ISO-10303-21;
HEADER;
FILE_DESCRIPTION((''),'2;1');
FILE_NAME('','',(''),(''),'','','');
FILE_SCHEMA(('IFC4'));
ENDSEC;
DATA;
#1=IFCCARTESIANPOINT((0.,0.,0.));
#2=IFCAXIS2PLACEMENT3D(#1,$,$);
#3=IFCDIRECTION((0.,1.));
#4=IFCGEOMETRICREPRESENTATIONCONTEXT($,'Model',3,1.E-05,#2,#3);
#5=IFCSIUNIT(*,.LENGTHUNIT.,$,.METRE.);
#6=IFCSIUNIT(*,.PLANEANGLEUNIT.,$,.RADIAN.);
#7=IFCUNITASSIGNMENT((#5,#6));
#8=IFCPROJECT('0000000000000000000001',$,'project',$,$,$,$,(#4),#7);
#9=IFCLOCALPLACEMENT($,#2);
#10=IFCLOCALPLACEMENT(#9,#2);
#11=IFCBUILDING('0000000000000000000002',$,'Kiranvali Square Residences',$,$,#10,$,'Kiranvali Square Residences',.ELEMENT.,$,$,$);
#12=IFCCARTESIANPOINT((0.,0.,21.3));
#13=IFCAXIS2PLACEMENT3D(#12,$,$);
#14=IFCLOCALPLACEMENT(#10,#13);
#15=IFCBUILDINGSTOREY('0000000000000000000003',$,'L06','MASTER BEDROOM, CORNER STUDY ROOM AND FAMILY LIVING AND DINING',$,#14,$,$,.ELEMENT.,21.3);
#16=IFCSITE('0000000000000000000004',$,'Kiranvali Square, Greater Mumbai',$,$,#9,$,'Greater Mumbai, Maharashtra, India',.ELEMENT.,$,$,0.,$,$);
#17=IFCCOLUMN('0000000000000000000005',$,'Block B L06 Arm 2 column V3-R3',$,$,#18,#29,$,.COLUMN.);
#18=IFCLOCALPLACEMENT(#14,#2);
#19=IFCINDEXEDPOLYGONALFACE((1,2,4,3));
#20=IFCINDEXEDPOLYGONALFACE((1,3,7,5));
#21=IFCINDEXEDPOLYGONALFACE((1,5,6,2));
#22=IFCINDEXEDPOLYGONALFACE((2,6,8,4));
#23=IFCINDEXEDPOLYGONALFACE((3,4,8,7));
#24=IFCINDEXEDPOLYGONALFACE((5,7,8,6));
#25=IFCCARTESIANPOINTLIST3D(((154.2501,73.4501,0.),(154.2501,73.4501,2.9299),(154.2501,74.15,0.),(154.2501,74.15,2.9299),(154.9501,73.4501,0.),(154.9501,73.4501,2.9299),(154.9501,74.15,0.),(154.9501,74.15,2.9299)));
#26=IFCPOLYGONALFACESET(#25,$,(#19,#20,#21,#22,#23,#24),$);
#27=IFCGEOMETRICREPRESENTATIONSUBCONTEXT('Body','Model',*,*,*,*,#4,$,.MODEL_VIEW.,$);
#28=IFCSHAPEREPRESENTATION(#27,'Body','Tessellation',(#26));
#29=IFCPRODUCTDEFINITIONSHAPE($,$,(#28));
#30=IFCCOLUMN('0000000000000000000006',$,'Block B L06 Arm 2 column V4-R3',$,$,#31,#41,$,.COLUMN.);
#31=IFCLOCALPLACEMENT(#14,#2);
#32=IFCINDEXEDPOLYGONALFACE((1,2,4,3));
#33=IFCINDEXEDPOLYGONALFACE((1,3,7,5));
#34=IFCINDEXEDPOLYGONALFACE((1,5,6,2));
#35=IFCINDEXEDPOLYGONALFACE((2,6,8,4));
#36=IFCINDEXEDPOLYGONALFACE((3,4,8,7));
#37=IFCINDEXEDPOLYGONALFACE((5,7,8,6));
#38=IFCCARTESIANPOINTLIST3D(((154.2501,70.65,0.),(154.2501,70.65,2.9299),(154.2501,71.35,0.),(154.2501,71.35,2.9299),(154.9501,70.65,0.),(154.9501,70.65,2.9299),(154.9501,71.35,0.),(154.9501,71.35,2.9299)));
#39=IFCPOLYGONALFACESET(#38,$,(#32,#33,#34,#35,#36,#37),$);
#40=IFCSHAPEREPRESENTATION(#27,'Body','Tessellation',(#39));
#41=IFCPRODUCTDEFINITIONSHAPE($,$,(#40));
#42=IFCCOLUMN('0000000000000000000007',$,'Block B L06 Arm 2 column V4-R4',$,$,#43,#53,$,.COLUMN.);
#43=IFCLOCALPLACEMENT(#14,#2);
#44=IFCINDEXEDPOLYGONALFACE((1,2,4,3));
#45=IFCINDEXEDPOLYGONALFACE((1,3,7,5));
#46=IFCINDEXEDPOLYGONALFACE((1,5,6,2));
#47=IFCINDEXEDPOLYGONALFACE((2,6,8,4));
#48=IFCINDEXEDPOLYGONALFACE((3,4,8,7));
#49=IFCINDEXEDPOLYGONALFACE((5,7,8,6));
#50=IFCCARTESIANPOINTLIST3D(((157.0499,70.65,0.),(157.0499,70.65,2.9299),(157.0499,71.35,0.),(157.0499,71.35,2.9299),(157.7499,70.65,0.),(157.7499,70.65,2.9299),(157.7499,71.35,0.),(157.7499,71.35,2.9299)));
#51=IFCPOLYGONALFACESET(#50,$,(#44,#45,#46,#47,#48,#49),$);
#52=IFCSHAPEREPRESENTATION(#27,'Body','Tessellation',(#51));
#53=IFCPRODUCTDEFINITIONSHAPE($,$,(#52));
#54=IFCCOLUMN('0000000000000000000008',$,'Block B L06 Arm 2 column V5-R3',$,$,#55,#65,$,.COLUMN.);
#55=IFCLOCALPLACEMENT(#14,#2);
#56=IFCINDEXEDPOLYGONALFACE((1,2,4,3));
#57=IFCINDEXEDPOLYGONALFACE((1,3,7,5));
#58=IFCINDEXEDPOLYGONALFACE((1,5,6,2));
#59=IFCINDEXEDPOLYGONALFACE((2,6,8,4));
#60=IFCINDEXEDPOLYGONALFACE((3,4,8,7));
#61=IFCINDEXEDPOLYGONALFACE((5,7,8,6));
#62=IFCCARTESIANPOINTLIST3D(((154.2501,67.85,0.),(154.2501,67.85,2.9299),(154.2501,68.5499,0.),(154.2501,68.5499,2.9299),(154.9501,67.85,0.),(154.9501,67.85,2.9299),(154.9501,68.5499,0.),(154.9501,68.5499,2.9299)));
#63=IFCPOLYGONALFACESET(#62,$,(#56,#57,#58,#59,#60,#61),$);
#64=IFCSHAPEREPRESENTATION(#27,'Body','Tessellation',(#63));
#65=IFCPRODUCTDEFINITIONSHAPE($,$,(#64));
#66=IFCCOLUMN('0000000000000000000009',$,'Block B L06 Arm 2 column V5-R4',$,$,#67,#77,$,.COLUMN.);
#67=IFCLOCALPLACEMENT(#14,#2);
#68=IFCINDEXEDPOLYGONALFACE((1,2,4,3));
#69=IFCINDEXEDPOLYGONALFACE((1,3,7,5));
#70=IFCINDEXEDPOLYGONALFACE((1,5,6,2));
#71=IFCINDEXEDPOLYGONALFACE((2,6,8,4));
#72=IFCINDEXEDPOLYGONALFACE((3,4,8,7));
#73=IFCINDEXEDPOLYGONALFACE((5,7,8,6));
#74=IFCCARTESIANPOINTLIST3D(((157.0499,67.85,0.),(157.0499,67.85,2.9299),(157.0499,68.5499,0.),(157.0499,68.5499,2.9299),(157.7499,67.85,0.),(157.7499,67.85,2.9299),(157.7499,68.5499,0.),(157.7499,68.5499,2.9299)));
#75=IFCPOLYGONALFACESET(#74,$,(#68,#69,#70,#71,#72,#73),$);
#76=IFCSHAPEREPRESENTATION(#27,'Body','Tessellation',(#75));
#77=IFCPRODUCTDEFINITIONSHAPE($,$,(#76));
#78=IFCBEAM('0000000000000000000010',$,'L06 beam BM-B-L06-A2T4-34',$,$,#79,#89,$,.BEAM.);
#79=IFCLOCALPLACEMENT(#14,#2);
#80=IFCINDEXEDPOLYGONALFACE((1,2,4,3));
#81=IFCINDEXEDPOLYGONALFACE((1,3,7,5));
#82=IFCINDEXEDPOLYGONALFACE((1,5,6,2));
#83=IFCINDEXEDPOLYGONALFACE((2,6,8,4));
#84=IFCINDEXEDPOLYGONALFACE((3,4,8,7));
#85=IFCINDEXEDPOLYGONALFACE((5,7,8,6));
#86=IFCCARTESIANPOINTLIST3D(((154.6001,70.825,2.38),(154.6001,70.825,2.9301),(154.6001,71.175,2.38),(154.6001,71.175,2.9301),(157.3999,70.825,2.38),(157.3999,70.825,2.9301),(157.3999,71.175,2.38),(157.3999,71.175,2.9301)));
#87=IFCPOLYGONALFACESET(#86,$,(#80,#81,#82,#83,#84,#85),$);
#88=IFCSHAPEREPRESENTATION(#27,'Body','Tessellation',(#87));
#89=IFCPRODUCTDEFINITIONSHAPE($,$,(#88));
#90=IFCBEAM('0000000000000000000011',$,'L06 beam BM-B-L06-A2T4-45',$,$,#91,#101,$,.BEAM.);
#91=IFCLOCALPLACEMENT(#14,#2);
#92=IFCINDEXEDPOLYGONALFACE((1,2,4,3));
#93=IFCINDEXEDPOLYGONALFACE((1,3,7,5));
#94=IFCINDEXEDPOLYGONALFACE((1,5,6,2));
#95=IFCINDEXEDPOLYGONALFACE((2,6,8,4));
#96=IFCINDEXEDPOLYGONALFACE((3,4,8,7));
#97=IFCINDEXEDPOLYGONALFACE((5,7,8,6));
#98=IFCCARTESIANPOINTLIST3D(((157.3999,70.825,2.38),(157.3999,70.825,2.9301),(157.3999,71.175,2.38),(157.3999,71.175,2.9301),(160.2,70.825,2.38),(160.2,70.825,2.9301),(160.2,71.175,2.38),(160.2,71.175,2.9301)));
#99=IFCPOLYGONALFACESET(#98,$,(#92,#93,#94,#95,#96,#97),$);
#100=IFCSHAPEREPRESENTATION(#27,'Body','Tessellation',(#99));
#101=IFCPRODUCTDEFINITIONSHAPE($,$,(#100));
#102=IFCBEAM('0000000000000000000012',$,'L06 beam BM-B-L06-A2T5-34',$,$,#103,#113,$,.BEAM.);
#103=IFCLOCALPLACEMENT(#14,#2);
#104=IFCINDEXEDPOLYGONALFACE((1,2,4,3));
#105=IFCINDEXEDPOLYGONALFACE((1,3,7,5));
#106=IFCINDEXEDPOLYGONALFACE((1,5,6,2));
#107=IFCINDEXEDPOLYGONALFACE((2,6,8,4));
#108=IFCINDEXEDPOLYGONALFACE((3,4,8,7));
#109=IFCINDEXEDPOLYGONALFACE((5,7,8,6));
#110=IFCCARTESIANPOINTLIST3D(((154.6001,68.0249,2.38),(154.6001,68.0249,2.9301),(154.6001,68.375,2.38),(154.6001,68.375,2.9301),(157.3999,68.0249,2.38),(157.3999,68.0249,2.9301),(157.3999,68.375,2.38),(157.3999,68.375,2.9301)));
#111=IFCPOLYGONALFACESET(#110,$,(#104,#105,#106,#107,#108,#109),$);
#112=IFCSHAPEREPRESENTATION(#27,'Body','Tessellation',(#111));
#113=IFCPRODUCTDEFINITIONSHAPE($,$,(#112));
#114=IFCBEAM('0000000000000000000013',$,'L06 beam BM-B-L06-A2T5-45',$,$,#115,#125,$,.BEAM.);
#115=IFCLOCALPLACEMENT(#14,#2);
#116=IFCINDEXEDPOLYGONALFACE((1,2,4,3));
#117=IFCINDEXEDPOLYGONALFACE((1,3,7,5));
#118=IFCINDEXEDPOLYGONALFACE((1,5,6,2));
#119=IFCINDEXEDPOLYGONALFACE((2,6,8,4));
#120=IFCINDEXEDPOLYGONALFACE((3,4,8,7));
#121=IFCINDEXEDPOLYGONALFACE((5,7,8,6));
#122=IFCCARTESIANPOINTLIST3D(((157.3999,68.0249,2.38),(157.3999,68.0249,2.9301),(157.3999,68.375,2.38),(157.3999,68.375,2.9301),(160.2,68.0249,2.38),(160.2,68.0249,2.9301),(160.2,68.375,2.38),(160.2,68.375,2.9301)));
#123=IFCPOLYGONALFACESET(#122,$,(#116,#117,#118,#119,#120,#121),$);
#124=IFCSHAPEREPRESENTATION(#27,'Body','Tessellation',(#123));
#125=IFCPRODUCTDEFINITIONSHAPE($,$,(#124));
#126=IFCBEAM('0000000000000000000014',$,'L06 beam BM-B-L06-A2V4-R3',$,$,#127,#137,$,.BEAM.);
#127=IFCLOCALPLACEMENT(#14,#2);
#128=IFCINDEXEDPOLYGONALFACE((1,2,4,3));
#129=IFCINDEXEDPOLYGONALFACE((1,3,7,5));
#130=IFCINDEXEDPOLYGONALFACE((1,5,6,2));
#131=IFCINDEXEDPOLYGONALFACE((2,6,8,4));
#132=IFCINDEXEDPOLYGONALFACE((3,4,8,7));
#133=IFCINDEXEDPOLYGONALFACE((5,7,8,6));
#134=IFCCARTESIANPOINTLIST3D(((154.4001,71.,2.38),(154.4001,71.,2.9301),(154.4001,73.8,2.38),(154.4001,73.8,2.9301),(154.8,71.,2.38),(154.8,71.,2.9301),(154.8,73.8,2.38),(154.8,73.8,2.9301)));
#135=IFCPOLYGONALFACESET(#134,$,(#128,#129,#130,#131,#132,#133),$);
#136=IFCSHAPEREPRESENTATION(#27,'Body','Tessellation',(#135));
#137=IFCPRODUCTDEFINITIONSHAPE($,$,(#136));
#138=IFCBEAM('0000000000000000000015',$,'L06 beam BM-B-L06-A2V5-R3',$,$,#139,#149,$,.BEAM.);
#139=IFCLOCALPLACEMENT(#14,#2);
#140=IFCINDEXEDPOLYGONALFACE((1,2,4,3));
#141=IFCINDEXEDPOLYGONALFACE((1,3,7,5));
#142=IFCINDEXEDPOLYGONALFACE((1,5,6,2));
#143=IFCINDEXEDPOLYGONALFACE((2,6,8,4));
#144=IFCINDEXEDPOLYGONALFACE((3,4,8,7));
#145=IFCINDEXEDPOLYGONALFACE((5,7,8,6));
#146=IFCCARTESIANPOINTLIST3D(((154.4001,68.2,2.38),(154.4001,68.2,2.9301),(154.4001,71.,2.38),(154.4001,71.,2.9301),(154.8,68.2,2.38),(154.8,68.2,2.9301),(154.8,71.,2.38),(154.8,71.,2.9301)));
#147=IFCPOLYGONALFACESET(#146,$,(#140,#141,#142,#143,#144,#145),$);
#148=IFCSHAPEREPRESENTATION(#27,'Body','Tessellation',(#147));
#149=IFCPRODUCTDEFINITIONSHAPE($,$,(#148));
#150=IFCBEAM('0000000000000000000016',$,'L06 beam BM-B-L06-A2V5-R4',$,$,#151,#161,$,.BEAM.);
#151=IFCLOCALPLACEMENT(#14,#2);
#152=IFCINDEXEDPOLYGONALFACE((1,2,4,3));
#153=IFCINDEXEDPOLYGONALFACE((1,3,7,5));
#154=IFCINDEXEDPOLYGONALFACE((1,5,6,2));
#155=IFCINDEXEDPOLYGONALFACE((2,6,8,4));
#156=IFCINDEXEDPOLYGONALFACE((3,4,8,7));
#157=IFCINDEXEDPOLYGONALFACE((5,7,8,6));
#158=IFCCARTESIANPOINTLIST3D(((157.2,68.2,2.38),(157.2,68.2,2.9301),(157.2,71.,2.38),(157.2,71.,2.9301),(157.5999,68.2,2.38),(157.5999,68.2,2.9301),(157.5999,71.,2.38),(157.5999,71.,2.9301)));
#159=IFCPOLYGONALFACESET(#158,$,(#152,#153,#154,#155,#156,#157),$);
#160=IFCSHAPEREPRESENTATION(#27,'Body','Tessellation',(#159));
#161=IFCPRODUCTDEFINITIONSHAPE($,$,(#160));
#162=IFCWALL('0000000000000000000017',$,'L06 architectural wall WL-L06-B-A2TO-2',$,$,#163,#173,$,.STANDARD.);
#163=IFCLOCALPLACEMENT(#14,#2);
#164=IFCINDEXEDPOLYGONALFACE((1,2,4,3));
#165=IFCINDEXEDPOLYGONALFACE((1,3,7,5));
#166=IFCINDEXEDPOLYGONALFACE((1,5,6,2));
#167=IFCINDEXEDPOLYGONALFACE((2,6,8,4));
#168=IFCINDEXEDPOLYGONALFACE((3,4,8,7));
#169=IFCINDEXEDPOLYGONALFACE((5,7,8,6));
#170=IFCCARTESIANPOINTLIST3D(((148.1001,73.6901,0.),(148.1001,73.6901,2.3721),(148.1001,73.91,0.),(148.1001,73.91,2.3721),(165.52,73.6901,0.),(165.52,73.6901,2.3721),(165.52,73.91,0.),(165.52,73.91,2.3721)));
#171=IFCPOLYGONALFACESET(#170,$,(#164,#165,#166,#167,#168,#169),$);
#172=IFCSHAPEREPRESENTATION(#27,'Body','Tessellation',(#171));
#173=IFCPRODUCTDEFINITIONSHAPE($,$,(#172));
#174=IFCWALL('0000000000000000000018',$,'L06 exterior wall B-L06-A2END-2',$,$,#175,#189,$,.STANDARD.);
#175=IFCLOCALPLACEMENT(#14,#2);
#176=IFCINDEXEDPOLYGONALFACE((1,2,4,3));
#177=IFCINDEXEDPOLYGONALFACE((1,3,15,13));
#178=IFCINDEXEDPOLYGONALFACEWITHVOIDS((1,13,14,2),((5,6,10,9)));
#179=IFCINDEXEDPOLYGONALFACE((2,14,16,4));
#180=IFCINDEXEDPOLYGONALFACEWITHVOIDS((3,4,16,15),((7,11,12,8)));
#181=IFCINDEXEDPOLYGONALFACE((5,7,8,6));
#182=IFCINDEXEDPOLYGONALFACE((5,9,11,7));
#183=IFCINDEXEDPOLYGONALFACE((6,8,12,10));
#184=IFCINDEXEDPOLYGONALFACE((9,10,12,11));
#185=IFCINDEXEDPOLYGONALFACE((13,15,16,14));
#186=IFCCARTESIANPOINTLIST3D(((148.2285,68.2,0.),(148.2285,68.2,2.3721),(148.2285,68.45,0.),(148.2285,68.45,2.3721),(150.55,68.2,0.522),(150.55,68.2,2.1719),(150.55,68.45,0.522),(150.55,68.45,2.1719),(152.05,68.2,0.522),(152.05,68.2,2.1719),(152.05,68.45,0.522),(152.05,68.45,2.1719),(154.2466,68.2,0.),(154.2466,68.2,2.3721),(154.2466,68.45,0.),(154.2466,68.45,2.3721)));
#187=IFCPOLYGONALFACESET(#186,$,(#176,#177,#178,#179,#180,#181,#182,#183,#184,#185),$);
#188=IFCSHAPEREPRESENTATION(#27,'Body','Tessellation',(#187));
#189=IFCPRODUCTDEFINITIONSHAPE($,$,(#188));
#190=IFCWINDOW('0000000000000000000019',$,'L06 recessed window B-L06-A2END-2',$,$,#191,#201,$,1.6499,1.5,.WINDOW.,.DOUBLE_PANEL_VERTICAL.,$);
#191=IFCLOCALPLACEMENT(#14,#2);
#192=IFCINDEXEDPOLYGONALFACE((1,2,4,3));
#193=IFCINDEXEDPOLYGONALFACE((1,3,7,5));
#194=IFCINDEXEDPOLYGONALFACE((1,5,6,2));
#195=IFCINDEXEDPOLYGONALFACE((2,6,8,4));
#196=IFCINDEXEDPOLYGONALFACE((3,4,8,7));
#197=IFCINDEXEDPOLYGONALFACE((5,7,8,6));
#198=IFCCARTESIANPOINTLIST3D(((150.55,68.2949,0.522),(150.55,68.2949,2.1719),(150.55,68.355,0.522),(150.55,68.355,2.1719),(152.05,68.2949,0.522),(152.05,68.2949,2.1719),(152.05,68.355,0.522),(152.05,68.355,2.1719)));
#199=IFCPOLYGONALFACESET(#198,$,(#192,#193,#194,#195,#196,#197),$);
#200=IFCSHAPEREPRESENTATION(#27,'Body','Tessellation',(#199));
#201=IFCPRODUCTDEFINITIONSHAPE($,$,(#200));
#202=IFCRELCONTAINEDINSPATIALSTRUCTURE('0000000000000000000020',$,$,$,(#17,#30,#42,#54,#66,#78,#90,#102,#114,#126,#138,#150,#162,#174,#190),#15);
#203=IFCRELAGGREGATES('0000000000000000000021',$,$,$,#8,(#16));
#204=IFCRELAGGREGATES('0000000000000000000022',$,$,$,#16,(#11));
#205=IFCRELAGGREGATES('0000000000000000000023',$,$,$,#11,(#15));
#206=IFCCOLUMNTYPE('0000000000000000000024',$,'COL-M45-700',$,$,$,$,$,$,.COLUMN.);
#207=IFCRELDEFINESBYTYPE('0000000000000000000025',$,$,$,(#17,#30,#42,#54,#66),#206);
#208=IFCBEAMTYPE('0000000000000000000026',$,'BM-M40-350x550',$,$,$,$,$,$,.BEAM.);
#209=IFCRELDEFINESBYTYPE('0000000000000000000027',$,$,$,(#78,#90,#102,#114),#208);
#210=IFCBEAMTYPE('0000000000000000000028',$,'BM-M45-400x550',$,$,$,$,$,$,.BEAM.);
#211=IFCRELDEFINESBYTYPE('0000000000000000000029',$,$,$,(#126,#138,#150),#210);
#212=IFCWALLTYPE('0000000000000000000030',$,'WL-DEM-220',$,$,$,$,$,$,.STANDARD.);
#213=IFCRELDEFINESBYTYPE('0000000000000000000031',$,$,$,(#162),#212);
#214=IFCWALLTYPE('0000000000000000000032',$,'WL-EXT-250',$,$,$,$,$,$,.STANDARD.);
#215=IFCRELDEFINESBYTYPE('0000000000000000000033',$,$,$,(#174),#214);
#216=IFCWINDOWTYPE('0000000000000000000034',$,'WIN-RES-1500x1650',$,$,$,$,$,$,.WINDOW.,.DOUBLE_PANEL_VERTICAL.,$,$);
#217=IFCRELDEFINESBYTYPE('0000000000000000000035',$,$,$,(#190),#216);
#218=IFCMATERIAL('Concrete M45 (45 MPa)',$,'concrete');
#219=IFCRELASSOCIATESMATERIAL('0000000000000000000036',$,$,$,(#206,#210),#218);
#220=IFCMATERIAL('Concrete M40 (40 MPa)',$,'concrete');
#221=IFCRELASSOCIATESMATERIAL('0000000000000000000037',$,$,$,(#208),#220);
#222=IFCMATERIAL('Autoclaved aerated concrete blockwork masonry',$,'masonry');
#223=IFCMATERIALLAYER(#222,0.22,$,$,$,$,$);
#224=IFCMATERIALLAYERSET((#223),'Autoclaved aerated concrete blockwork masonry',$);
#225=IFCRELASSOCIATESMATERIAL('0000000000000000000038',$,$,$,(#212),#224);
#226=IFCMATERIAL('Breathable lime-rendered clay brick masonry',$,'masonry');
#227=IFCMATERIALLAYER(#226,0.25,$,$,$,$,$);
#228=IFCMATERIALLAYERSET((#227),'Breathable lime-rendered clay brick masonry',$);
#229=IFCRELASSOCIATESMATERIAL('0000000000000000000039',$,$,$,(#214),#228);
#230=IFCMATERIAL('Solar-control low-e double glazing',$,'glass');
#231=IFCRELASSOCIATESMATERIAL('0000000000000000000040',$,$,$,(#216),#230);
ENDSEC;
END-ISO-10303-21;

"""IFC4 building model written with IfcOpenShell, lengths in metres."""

from ifc_helpers import new_model, si_unit, direction, frame, frame_2d, origin, origin_2d, place, context, subcontext, project, spatial, rectangle, extrude, material, layer, layer_set, material_profile, profile_set, type_object, element, fill, save


model = new_model("IFC4")

# Units and contexts
model_context = context("Model", 3, precision=1e-05, world=origin(), true_north=direction((0.0, 1.0)))
body_context = subcontext(model_context, "Body", "Model", "MODEL_VIEW")
ifc_project = project(units=[si_unit("LENGTHUNIT", "METRE"), si_unit("PLANEANGLEUNIT", "RADIAN")], contexts=[model_context])

# Site, building, storey
site_placement = place(None, origin())
site = spatial("IfcSite", under=ifc_project, at=site_placement, Name="Kiranvali Square, Greater Mumbai", LongName="Greater Mumbai, Maharashtra, India", CompositionType="ELEMENT", RefElevation=0.0)
building_placement = place(site_placement, origin())
building = spatial("IfcBuilding", under=site, at=building_placement, Name="Kiranvali Square Residences", LongName="Kiranvali Square Residences", CompositionType="ELEMENT")
storey_placement = place(building_placement, frame((0.0, 0.0, 21.3)))
storey = spatial("IfcBuildingStorey", under=building, at=storey_placement, Name="L06", Description="MASTER BEDROOM, CORNER STUDY ROOM AND FAMILY LIVING AND DINING", CompositionType="ELEMENT", Elevation=21.3)

# Columns
ifc_material_1 = material(Name="Concrete M45 (45 MPa)", Category="concrete")
ifc_material_profile_1 = material_profile(ifc_material_1, rectangle(XDim=0.7, YDim=0.7, at=origin_2d()), Name="RC 700x700")
ifc_profile_set_1 = profile_set([ifc_material_profile_1], Name="Concrete M45 (45 MPa)")
column_type = type_object("IfcColumnType", Name="COL-M45-700", PredefinedType="COLUMN", material=ifc_profile_set_1)
for number, where, z_axis, x_axis, name in (
    (1, (154.6001, 73.8, 0.0), (0.0, 0.0, 1.0), (1.0, 0.0, 0.0), "Block B L06 Arm 2 column V3-R3"),
    (2, (154.6001, 71.0, 0.0), (0.0, 0.0, 1.0), (1.0, 0.0, 0.0), "Block B L06 Arm 2 column V4-R3"),
    (3, (157.3999, 71.0, 0.0), (0.0, 0.0, 1.0), (1.0, 0.0, 0.0), "Block B L06 Arm 2 column V4-R4"),
    (4, (154.6001, 68.2, 0.0), (0.0, 0.0, 1.0), (1.0, 0.0, 0.0), "Block B L06 Arm 2 column V5-R3"),
    (5, (157.3999, 68.2, 0.0), (0.0, 0.0, 1.0), (1.0, 0.0, 0.0), "Block B L06 Arm 2 column V5-R4"),
):
    element("IfcColumn", number, at=place(storey_placement, frame(where, z_axis=z_axis, x_axis=x_axis)), inside=storey, type_object=column_type, Name=name, PredefinedType="COLUMN", context=body_context, shape_type="SweptSolid", body=[
        extrude(rectangle(XDim=0.7, YDim=0.7, at=origin_2d()), origin(), (0.0, 0.0, 1.0), 2.9299),
    ])

# Beams
ifc_material_2 = material(Name="Concrete M40 (40 MPa)", Category="concrete")
ifc_material_profile_2 = material_profile(ifc_material_2, rectangle(XDim=0.3501, YDim=0.55, at=origin_2d()), Name="RC 350x550")
ifc_profile_set_2 = profile_set([ifc_material_profile_2], Name="Concrete M40 (40 MPa)")
beam_type_1 = type_object("IfcBeamType", Name="BM-M40-350x550", PredefinedType="BEAM", material=ifc_profile_set_2)
beam_1_placement = place(storey_placement, frame((154.6001, 71.0, 2.655), z_axis=(1.0, 0.0, 0.0), x_axis=(0.0, 1.0, 0.0)))
element("IfcBeam", 6, at=beam_1_placement, inside=storey, type_object=beam_type_1, Name="L06 beam BM-B-L06-A2T4-34", PredefinedType="BEAM", context=body_context, shape_type="SweptSolid", body=[
    extrude(rectangle(XDim=0.3501, YDim=0.55, at=origin_2d()), origin(), (0.0, 0.0, 1.0), 2.7998),
])
beam_2_placement = place(storey_placement, frame((157.3999, 71.0, 2.655), z_axis=(1.0, 0.0, 0.0), x_axis=(0.0, 1.0, 0.0)))
element("IfcBeam", 7, at=beam_2_placement, inside=storey, type_object=beam_type_1, Name="L06 beam BM-B-L06-A2T4-45", PredefinedType="BEAM", context=body_context, shape_type="SweptSolid", body=[
    extrude(rectangle(XDim=0.3501, YDim=0.55, at=origin_2d()), origin(), (0.0, 0.0, 1.0), 2.8),
])
beam_3_placement = place(storey_placement, frame((154.6001, 68.2, 2.655), z_axis=(1.0, 0.0, 0.0), x_axis=(0.0, 1.0, 0.0)))
element("IfcBeam", 8, at=beam_3_placement, inside=storey, type_object=beam_type_1, Name="L06 beam BM-B-L06-A2T5-34", PredefinedType="BEAM", context=body_context, shape_type="SweptSolid", body=[
    extrude(rectangle(XDim=0.3501, YDim=0.55, at=origin_2d()), origin(), (0.0, 0.0, 1.0), 2.7998),
])
beam_4_placement = place(storey_placement, frame((157.3999, 68.2, 2.655), z_axis=(1.0, 0.0, 0.0), x_axis=(0.0, 1.0, 0.0)))
element("IfcBeam", 9, at=beam_4_placement, inside=storey, type_object=beam_type_1, Name="L06 beam BM-B-L06-A2T5-45", PredefinedType="BEAM", context=body_context, shape_type="SweptSolid", body=[
    extrude(rectangle(XDim=0.3501, YDim=0.55, at=origin_2d()), origin(), (0.0, 0.0, 1.0), 2.8),
])
ifc_material_profile_3 = material_profile(ifc_material_1, rectangle(XDim=0.3999, YDim=0.55, at=origin_2d()), Name="RC 400x550")
ifc_profile_set_3 = profile_set([ifc_material_profile_3], Name="Concrete M45 (45 MPa)")
beam_type_2 = type_object("IfcBeamType", Name="BM-M45-400x550", PredefinedType="BEAM", material=ifc_profile_set_3)
for number, where, z_axis, x_axis, name in (
    (10, (154.6001, 73.8, 2.655), (0.0, -1.0, 0.0), (1.0, 0.0, 0.0), "L06 beam BM-B-L06-A2V4-R3"),
    (11, (154.6001, 71.0, 2.655), (0.0, -1.0, 0.0), (1.0, 0.0, 0.0), "L06 beam BM-B-L06-A2V5-R3"),
    (12, (157.3999, 71.0, 2.655), (0.0, -1.0, 0.0), (1.0, 0.0, 0.0), "L06 beam BM-B-L06-A2V5-R4"),
):
    element("IfcBeam", number, at=place(storey_placement, frame(where, z_axis=z_axis, x_axis=x_axis)), inside=storey, type_object=beam_type_2, Name=name, PredefinedType="BEAM", context=body_context, shape_type="SweptSolid", body=[
        extrude(rectangle(XDim=0.3999, YDim=0.55, at=origin_2d()), origin(), (0.0, 0.0, 1.0), 2.8),
    ])

# Wall
ifc_material_3 = material(Name="Autoclaved aerated concrete blockwork masonry", Category="masonry")
ifc_layer_1 = layer(ifc_material_3, 0.22)
ifc_layer_set_1 = layer_set([ifc_layer_1], Name="Autoclaved aerated concrete blockwork masonry")
wall_type_1 = type_object("IfcWallType", Name="WL-DEM-220", PredefinedType="STANDARD", material=ifc_layer_set_1)
wall_1_placement = place(storey_placement, frame((148.1001, 73.8, 0.0), z_axis=(0.0, 0.0, 1.0), x_axis=(1.0, 0.0, 0.0)))
element("IfcWall", 13, at=wall_1_placement, inside=storey, type_object=wall_type_1, Name="L06 architectural wall WL-L06-B-A2TO-2", PredefinedType="STANDARD", context=body_context, shape_type="SweptSolid", body=[
    extrude(rectangle(XDim=17.4199, YDim=0.22, at=frame_2d((8.71, 0.0))), origin(), (0.0, 0.0, 1.0), 2.3721),
])

# Wall, opening, window
ifc_material_4 = material(Name="Breathable lime-rendered clay brick masonry", Category="masonry")
ifc_layer_2 = layer(ifc_material_4, 0.25)
ifc_layer_set_2 = layer_set([ifc_layer_2], Name="Breathable lime-rendered clay brick masonry")
wall_type_2 = type_object("IfcWallType", Name="WL-EXT-250", PredefinedType="STANDARD", material=ifc_layer_set_2)
wall_2_placement = place(storey_placement, frame((148.2285, 68.325, 0.0), z_axis=(0.0, 0.0, 1.0), x_axis=(1.0, 0.0, 0.0)))
wall_2 = element("IfcWall", 14, at=wall_2_placement, inside=storey, type_object=wall_type_2, Name="L06 exterior wall B-L06-A2END-2", PredefinedType="STANDARD", context=body_context, shape_type="SweptSolid", body=[
    extrude(rectangle(XDim=6.0181, YDim=0.25, at=frame_2d((3.009, 0.0))), origin(), (0.0, 0.0, 1.0), 2.3721),
])
opening_1_placement = place(wall_2_placement, frame((2.3215, 0.0, 0.522)))
opening_1 = element("IfcOpeningElement", 15, at=opening_1_placement, cuts=wall_2, PredefinedType="OPENING", context=body_context, shape_type="SweptSolid", body=[
    extrude(rectangle(XDim=1.5, YDim=1.6499, at=frame_2d((0.75, 0.825))), frame((0.0, 0.135, 0.0), z_axis=(0.0, -1.0, 0.0), x_axis=(1.0, 0.0, 0.0)), (0.0, 0.0, 1.0), 0.27),
])
ifc_material_5 = material(Name="Solar-control low-e double glazing", Category="glass")
window_type_1 = type_object("IfcWindowType", Name="WIN-RES-1500x1650", PartitioningType="DOUBLE_PANEL_VERTICAL", PredefinedType="WINDOW", material=ifc_material_5)
window_1_placement = place(opening_1_placement, origin())
window_1 = element("IfcWindow", 16, at=window_1_placement, inside=storey, type_object=window_type_1, Name="L06 recessed window B-L06-A2END-2", OverallHeight=1.6499, OverallWidth=1.5, PartitioningType="DOUBLE_PANEL_VERTICAL", PredefinedType="WINDOW", context=body_context, shape_type="SweptSolid", body=[
    extrude(rectangle(XDim=1.5, YDim=1.6499, at=frame_2d((0.75, 0.825))), frame((0.0, 0.03, 0.0), z_axis=(0.0, -1.0, 0.0), x_axis=(1.0, 0.0, 0.0)), (0.0, 0.0, 1.0), 0.0601),
])
fill(opening_1, window_1)

save(model, "model.ifc")
